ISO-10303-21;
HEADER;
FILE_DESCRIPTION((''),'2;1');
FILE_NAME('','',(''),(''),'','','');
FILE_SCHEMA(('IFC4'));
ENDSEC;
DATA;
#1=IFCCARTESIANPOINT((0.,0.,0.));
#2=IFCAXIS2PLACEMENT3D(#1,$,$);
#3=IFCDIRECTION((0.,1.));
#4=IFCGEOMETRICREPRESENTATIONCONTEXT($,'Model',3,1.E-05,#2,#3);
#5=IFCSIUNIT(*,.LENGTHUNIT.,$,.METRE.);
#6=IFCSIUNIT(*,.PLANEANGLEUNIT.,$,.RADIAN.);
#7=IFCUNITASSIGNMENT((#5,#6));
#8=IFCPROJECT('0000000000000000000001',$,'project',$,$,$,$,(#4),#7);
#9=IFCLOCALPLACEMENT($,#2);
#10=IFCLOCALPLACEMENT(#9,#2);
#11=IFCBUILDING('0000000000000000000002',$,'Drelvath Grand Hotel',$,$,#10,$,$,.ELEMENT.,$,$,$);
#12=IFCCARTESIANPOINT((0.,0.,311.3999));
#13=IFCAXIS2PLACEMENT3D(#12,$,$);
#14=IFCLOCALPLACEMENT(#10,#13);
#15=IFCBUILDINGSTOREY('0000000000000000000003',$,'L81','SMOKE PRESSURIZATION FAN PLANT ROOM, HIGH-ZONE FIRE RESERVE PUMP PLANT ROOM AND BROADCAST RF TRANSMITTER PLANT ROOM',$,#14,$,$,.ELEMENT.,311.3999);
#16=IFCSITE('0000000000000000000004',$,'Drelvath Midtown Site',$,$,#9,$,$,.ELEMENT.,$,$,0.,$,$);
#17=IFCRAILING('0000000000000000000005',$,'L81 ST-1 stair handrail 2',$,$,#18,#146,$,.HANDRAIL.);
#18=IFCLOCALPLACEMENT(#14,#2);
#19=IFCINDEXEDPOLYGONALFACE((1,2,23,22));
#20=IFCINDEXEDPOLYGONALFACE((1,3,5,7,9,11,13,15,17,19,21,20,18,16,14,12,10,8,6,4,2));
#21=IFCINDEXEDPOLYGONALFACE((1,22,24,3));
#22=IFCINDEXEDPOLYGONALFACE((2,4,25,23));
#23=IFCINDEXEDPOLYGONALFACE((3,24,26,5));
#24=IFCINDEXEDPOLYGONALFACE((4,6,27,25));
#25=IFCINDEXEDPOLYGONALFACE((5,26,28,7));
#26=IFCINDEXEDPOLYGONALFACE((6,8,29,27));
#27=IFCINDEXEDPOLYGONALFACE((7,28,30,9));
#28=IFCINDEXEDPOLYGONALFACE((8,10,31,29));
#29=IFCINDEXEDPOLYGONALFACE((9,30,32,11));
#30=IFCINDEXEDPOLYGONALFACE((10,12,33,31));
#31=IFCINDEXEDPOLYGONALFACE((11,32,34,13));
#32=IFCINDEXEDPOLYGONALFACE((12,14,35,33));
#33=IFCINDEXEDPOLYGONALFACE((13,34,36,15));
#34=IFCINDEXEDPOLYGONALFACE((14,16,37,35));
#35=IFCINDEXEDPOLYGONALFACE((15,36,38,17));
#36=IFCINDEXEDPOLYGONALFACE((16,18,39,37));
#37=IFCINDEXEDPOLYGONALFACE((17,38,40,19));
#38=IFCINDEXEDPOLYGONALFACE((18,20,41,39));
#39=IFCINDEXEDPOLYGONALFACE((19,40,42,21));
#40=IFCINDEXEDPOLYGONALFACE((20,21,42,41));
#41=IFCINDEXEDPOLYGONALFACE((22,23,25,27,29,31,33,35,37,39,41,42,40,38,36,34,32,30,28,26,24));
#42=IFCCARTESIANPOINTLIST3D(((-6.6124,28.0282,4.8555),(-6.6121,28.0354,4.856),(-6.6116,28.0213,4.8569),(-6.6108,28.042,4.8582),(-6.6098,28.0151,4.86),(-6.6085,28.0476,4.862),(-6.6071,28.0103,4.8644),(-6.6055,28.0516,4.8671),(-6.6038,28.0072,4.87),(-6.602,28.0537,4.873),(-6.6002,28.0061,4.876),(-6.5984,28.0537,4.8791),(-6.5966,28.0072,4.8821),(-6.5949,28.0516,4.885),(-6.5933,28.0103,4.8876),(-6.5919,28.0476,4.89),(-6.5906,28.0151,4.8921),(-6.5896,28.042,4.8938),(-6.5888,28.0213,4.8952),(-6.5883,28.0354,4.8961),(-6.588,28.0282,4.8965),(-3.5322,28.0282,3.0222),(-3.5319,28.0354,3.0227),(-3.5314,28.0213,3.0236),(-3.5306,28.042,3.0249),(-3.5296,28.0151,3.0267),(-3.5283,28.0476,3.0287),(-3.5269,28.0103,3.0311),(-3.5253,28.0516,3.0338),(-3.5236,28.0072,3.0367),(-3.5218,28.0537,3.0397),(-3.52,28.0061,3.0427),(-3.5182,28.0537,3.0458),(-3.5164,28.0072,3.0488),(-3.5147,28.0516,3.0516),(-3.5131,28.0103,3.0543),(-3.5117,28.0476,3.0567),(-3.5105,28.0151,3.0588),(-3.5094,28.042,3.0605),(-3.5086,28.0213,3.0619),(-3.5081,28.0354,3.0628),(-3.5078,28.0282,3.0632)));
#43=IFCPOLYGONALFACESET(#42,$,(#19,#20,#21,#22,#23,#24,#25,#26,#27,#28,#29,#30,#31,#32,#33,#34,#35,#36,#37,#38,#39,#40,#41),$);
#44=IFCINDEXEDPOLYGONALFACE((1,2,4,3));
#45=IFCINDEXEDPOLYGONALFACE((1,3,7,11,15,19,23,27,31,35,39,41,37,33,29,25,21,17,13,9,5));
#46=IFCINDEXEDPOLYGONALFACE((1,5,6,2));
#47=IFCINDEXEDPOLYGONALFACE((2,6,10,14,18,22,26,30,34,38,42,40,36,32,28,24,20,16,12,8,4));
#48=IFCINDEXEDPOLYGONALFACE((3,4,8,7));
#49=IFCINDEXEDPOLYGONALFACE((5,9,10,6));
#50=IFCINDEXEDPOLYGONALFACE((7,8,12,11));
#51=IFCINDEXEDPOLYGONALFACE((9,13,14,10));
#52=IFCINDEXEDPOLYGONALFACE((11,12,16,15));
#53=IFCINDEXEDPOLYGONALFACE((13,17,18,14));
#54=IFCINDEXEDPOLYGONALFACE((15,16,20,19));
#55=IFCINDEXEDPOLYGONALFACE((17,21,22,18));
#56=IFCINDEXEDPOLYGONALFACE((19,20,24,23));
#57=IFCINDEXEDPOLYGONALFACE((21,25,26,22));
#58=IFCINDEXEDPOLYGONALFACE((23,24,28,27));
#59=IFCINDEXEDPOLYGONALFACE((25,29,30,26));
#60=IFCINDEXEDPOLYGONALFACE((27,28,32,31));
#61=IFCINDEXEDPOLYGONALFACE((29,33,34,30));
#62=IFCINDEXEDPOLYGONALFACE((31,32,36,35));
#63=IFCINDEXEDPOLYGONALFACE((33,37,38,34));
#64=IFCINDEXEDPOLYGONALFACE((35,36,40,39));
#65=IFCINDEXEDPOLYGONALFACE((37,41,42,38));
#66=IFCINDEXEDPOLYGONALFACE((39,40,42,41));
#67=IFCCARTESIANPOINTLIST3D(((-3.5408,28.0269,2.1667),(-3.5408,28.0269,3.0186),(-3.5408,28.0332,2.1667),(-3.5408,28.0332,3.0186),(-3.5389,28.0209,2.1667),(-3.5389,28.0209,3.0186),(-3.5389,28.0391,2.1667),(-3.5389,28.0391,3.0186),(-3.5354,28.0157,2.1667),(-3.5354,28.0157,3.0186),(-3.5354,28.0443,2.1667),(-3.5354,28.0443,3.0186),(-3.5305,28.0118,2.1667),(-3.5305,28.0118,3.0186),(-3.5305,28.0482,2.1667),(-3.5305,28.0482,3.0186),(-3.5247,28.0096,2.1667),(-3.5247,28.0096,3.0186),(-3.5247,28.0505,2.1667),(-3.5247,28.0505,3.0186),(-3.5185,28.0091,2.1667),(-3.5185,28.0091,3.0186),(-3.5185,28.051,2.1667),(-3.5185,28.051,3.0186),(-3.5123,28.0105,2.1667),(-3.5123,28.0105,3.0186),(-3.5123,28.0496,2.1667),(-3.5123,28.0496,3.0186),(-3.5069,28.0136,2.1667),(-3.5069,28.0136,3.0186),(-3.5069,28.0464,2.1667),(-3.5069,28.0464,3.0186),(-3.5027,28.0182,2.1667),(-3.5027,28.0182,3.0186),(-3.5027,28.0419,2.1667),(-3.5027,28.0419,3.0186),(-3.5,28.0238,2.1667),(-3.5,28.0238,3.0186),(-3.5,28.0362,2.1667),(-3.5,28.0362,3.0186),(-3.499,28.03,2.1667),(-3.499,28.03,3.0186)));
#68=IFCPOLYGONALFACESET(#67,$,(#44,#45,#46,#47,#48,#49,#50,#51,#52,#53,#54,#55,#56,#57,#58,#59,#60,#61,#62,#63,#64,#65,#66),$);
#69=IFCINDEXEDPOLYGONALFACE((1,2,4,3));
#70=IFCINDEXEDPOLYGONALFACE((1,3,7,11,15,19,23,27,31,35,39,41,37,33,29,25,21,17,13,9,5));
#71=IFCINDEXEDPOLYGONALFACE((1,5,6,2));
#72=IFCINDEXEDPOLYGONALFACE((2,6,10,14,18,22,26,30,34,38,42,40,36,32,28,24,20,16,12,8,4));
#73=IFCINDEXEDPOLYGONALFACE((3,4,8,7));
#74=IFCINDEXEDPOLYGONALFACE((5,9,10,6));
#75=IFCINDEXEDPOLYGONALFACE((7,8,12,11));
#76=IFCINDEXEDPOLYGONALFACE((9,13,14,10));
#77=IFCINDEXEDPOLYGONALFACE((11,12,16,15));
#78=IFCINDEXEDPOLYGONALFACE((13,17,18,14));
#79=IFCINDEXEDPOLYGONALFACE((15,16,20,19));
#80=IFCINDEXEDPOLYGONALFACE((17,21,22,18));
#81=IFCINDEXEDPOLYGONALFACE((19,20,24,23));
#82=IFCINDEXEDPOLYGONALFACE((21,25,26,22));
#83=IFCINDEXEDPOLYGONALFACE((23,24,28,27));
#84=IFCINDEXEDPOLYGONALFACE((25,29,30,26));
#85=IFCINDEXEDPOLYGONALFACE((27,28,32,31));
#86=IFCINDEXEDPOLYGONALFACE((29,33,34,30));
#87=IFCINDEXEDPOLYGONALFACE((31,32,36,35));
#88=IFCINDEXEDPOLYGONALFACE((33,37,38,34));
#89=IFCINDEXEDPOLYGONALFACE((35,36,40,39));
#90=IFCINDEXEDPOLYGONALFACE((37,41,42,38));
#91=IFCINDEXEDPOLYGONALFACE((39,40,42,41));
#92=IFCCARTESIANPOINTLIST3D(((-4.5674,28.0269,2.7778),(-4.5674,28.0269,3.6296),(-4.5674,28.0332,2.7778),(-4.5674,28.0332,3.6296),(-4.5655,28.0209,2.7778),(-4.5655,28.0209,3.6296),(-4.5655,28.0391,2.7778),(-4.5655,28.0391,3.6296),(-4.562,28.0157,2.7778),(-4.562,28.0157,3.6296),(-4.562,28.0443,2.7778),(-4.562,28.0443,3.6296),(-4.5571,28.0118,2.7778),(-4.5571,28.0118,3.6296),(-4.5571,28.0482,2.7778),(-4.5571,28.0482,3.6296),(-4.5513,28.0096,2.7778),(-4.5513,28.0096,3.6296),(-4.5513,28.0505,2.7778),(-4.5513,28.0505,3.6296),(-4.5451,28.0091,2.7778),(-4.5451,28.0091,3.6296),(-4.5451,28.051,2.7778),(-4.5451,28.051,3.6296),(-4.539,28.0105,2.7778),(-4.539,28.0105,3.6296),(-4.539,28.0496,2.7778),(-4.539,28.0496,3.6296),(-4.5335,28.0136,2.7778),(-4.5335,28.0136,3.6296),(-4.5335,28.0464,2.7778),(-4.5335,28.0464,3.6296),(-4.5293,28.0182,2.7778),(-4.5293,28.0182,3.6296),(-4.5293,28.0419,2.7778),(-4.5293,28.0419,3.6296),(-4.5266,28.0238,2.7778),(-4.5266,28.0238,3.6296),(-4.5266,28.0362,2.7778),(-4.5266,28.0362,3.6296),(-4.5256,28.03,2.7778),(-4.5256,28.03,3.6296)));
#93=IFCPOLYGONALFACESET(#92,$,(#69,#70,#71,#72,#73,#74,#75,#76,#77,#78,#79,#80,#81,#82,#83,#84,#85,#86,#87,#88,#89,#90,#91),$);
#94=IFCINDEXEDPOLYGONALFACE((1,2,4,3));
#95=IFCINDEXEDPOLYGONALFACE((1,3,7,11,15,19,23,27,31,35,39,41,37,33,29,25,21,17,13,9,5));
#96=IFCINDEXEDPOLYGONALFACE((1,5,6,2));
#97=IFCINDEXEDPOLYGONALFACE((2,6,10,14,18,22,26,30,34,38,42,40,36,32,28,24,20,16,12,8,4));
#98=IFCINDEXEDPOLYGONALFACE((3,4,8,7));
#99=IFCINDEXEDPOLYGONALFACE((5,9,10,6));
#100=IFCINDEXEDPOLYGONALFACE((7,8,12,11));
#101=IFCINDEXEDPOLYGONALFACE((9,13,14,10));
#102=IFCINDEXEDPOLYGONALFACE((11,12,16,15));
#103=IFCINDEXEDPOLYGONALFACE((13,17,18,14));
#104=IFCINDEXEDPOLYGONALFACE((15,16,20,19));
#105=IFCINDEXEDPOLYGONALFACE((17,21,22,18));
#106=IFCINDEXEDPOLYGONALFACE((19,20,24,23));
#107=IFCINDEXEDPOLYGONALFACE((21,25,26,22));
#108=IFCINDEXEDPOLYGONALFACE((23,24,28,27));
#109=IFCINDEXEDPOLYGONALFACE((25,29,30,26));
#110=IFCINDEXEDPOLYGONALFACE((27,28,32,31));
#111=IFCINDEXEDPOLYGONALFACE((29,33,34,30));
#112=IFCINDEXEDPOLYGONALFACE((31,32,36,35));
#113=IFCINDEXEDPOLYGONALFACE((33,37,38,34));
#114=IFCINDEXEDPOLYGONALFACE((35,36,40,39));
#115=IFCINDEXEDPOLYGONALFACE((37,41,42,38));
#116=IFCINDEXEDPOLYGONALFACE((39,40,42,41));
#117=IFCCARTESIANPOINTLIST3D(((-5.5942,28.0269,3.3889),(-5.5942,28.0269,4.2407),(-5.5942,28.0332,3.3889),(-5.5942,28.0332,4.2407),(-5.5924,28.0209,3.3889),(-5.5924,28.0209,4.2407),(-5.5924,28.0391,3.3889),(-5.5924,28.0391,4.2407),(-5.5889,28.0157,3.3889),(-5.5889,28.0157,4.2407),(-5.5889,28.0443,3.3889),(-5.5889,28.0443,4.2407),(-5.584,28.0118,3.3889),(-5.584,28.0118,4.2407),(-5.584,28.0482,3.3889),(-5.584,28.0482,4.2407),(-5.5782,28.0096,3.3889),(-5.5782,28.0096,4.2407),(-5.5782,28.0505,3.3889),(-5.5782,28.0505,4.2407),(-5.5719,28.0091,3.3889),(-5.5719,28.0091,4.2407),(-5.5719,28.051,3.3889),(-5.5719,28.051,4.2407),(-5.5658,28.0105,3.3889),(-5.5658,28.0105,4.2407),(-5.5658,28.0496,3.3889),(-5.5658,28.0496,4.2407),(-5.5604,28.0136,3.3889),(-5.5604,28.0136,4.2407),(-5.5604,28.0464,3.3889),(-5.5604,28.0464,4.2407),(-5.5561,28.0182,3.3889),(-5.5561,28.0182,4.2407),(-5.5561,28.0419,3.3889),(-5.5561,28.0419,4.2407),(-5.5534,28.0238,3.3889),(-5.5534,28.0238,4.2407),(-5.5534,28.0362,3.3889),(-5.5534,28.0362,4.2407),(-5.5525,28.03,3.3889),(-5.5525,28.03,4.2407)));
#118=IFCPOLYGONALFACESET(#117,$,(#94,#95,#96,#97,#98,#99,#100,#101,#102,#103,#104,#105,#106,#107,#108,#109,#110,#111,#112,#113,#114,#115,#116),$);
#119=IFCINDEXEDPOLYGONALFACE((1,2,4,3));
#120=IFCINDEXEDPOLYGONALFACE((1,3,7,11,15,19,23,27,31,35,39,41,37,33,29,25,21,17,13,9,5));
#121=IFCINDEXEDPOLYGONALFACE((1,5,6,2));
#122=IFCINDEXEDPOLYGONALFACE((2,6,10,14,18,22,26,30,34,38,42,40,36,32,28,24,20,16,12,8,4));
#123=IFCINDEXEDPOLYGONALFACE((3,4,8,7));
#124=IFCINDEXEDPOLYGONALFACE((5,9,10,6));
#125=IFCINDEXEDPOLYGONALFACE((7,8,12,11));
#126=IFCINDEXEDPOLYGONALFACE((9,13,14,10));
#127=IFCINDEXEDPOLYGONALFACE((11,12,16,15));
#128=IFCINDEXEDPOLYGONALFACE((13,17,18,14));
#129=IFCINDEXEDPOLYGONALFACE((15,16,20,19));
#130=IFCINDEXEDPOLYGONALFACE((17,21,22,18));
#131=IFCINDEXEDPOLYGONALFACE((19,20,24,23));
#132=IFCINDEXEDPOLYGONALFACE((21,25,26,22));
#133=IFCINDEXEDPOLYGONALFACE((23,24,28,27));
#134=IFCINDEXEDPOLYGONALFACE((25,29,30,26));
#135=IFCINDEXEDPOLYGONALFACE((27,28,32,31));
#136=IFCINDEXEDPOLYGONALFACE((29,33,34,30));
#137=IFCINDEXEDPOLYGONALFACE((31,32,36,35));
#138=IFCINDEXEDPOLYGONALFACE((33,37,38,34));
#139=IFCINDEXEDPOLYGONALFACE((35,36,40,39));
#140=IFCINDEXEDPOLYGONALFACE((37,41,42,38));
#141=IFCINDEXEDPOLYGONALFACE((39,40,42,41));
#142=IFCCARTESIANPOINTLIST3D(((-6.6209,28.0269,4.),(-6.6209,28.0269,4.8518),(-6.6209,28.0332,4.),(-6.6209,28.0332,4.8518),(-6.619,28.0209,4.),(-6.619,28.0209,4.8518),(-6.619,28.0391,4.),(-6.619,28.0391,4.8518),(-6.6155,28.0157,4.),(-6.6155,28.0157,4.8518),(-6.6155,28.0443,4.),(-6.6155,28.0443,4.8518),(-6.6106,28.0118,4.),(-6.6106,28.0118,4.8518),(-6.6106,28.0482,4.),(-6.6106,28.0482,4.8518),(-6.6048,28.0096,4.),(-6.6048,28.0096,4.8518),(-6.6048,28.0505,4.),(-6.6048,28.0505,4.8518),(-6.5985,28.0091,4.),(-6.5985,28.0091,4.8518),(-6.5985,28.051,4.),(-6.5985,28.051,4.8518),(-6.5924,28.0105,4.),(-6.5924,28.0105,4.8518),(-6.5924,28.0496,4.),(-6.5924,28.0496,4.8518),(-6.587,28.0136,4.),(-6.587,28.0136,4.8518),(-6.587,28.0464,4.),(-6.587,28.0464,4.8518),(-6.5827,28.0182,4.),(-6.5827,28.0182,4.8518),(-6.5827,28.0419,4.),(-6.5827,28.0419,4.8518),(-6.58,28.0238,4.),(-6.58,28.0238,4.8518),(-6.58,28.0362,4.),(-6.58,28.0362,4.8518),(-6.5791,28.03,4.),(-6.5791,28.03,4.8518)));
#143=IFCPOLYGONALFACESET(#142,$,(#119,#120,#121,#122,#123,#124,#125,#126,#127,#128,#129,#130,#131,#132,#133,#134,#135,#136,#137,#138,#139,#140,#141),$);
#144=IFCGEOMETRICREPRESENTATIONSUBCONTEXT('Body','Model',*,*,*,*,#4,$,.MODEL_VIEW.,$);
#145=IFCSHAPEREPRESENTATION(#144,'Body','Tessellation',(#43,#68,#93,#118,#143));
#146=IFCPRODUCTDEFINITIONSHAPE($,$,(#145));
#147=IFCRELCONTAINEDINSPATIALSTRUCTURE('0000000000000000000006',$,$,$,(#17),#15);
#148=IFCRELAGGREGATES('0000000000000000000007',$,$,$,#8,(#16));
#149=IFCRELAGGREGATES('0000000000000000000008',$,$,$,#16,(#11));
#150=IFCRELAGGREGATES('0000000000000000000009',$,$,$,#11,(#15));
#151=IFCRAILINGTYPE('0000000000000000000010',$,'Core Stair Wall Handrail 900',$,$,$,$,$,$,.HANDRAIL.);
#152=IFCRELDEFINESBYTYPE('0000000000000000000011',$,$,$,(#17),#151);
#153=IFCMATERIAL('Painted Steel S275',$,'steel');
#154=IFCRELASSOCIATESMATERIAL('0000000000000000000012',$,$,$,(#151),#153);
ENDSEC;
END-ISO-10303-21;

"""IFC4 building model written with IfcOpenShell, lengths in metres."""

from ifc_helpers import new_model, si_unit, direction, frame, origin, origin_2d, place, context, subcontext, project, spatial, circle, extrude, material, type_object, element, save


model = new_model("IFC4")

# Units and contexts
model_context = context("Model", 3, precision=1e-05, world=origin(), true_north=direction((0.0, 1.0)))
body_context = subcontext(model_context, "Body", "Model", "MODEL_VIEW")
ifc_project = project(units=[si_unit("LENGTHUNIT", "METRE"), si_unit("PLANEANGLEUNIT", "RADIAN")], contexts=[model_context])

# Site, building, storey
site_placement = place(None, origin())
site = spatial("IfcSite", under=ifc_project, at=site_placement, Name="Drelvath Midtown Site", CompositionType="ELEMENT", RefElevation=0.0)
building_placement = place(site_placement, origin())
building = spatial("IfcBuilding", under=site, at=building_placement, Name="Drelvath Grand Hotel", CompositionType="ELEMENT")
storey_placement = place(building_placement, frame((0.0, 0.0, 311.3999)))
storey = spatial("IfcBuildingStorey", under=building, at=storey_placement, Name="L81", Description="SMOKE PRESSURIZATION FAN PLANT ROOM, HIGH-ZONE FIRE RESERVE PUMP PLANT ROOM AND BROADCAST RF TRANSMITTER PLANT ROOM", CompositionType="ELEMENT", Elevation=311.3999)

# Shared definitions
ifc_material_1 = material(Name="Painted Steel S275", Category="steel")

# Railing
railing_type_1 = type_object("IfcRailingType", Name="Core Stair Wall Handrail 900", PredefinedType="HANDRAIL", material=ifc_material_1)
railing_1_placement = place(storey_placement, frame((-3.52, 28.03, 2.1667)))
element("IfcRailing", 1, at=railing_1_placement, inside=storey, type_object=railing_type_1, Name="L81 ST-1 stair handrail 2", PredefinedType="HANDRAIL", context=body_context, shape_type="SweptSolid", body=[
    extrude(circle(Radius=0.0239, at=origin_2d()), frame((0.0, 0.0, 0.876), z_axis=(-0.859309, 0.0, 0.511458), x_axis=(0.0, -1.0, 0.0)), (0.0, 0.0, 1.0), 3.5845),
    extrude(circle(Radius=0.021, at=origin_2d()), origin(), (0.0, 0.0, 1.0), 0.8518),
    extrude(circle(Radius=0.021, at=origin_2d()), frame((-1.0266, 0.0, 0.6111)), (0.0, 0.0, 1.0), 0.8518),
    extrude(circle(Radius=0.021, at=origin_2d()), frame((-2.0535, 0.0, 1.2222)), (0.0, 0.0, 1.0), 0.8518),
    extrude(circle(Radius=0.021, at=origin_2d()), frame((-3.0801, 0.0, 1.8333)), (0.0, 0.0, 1.0), 0.8518),
])

save(model, "model.ifc")
